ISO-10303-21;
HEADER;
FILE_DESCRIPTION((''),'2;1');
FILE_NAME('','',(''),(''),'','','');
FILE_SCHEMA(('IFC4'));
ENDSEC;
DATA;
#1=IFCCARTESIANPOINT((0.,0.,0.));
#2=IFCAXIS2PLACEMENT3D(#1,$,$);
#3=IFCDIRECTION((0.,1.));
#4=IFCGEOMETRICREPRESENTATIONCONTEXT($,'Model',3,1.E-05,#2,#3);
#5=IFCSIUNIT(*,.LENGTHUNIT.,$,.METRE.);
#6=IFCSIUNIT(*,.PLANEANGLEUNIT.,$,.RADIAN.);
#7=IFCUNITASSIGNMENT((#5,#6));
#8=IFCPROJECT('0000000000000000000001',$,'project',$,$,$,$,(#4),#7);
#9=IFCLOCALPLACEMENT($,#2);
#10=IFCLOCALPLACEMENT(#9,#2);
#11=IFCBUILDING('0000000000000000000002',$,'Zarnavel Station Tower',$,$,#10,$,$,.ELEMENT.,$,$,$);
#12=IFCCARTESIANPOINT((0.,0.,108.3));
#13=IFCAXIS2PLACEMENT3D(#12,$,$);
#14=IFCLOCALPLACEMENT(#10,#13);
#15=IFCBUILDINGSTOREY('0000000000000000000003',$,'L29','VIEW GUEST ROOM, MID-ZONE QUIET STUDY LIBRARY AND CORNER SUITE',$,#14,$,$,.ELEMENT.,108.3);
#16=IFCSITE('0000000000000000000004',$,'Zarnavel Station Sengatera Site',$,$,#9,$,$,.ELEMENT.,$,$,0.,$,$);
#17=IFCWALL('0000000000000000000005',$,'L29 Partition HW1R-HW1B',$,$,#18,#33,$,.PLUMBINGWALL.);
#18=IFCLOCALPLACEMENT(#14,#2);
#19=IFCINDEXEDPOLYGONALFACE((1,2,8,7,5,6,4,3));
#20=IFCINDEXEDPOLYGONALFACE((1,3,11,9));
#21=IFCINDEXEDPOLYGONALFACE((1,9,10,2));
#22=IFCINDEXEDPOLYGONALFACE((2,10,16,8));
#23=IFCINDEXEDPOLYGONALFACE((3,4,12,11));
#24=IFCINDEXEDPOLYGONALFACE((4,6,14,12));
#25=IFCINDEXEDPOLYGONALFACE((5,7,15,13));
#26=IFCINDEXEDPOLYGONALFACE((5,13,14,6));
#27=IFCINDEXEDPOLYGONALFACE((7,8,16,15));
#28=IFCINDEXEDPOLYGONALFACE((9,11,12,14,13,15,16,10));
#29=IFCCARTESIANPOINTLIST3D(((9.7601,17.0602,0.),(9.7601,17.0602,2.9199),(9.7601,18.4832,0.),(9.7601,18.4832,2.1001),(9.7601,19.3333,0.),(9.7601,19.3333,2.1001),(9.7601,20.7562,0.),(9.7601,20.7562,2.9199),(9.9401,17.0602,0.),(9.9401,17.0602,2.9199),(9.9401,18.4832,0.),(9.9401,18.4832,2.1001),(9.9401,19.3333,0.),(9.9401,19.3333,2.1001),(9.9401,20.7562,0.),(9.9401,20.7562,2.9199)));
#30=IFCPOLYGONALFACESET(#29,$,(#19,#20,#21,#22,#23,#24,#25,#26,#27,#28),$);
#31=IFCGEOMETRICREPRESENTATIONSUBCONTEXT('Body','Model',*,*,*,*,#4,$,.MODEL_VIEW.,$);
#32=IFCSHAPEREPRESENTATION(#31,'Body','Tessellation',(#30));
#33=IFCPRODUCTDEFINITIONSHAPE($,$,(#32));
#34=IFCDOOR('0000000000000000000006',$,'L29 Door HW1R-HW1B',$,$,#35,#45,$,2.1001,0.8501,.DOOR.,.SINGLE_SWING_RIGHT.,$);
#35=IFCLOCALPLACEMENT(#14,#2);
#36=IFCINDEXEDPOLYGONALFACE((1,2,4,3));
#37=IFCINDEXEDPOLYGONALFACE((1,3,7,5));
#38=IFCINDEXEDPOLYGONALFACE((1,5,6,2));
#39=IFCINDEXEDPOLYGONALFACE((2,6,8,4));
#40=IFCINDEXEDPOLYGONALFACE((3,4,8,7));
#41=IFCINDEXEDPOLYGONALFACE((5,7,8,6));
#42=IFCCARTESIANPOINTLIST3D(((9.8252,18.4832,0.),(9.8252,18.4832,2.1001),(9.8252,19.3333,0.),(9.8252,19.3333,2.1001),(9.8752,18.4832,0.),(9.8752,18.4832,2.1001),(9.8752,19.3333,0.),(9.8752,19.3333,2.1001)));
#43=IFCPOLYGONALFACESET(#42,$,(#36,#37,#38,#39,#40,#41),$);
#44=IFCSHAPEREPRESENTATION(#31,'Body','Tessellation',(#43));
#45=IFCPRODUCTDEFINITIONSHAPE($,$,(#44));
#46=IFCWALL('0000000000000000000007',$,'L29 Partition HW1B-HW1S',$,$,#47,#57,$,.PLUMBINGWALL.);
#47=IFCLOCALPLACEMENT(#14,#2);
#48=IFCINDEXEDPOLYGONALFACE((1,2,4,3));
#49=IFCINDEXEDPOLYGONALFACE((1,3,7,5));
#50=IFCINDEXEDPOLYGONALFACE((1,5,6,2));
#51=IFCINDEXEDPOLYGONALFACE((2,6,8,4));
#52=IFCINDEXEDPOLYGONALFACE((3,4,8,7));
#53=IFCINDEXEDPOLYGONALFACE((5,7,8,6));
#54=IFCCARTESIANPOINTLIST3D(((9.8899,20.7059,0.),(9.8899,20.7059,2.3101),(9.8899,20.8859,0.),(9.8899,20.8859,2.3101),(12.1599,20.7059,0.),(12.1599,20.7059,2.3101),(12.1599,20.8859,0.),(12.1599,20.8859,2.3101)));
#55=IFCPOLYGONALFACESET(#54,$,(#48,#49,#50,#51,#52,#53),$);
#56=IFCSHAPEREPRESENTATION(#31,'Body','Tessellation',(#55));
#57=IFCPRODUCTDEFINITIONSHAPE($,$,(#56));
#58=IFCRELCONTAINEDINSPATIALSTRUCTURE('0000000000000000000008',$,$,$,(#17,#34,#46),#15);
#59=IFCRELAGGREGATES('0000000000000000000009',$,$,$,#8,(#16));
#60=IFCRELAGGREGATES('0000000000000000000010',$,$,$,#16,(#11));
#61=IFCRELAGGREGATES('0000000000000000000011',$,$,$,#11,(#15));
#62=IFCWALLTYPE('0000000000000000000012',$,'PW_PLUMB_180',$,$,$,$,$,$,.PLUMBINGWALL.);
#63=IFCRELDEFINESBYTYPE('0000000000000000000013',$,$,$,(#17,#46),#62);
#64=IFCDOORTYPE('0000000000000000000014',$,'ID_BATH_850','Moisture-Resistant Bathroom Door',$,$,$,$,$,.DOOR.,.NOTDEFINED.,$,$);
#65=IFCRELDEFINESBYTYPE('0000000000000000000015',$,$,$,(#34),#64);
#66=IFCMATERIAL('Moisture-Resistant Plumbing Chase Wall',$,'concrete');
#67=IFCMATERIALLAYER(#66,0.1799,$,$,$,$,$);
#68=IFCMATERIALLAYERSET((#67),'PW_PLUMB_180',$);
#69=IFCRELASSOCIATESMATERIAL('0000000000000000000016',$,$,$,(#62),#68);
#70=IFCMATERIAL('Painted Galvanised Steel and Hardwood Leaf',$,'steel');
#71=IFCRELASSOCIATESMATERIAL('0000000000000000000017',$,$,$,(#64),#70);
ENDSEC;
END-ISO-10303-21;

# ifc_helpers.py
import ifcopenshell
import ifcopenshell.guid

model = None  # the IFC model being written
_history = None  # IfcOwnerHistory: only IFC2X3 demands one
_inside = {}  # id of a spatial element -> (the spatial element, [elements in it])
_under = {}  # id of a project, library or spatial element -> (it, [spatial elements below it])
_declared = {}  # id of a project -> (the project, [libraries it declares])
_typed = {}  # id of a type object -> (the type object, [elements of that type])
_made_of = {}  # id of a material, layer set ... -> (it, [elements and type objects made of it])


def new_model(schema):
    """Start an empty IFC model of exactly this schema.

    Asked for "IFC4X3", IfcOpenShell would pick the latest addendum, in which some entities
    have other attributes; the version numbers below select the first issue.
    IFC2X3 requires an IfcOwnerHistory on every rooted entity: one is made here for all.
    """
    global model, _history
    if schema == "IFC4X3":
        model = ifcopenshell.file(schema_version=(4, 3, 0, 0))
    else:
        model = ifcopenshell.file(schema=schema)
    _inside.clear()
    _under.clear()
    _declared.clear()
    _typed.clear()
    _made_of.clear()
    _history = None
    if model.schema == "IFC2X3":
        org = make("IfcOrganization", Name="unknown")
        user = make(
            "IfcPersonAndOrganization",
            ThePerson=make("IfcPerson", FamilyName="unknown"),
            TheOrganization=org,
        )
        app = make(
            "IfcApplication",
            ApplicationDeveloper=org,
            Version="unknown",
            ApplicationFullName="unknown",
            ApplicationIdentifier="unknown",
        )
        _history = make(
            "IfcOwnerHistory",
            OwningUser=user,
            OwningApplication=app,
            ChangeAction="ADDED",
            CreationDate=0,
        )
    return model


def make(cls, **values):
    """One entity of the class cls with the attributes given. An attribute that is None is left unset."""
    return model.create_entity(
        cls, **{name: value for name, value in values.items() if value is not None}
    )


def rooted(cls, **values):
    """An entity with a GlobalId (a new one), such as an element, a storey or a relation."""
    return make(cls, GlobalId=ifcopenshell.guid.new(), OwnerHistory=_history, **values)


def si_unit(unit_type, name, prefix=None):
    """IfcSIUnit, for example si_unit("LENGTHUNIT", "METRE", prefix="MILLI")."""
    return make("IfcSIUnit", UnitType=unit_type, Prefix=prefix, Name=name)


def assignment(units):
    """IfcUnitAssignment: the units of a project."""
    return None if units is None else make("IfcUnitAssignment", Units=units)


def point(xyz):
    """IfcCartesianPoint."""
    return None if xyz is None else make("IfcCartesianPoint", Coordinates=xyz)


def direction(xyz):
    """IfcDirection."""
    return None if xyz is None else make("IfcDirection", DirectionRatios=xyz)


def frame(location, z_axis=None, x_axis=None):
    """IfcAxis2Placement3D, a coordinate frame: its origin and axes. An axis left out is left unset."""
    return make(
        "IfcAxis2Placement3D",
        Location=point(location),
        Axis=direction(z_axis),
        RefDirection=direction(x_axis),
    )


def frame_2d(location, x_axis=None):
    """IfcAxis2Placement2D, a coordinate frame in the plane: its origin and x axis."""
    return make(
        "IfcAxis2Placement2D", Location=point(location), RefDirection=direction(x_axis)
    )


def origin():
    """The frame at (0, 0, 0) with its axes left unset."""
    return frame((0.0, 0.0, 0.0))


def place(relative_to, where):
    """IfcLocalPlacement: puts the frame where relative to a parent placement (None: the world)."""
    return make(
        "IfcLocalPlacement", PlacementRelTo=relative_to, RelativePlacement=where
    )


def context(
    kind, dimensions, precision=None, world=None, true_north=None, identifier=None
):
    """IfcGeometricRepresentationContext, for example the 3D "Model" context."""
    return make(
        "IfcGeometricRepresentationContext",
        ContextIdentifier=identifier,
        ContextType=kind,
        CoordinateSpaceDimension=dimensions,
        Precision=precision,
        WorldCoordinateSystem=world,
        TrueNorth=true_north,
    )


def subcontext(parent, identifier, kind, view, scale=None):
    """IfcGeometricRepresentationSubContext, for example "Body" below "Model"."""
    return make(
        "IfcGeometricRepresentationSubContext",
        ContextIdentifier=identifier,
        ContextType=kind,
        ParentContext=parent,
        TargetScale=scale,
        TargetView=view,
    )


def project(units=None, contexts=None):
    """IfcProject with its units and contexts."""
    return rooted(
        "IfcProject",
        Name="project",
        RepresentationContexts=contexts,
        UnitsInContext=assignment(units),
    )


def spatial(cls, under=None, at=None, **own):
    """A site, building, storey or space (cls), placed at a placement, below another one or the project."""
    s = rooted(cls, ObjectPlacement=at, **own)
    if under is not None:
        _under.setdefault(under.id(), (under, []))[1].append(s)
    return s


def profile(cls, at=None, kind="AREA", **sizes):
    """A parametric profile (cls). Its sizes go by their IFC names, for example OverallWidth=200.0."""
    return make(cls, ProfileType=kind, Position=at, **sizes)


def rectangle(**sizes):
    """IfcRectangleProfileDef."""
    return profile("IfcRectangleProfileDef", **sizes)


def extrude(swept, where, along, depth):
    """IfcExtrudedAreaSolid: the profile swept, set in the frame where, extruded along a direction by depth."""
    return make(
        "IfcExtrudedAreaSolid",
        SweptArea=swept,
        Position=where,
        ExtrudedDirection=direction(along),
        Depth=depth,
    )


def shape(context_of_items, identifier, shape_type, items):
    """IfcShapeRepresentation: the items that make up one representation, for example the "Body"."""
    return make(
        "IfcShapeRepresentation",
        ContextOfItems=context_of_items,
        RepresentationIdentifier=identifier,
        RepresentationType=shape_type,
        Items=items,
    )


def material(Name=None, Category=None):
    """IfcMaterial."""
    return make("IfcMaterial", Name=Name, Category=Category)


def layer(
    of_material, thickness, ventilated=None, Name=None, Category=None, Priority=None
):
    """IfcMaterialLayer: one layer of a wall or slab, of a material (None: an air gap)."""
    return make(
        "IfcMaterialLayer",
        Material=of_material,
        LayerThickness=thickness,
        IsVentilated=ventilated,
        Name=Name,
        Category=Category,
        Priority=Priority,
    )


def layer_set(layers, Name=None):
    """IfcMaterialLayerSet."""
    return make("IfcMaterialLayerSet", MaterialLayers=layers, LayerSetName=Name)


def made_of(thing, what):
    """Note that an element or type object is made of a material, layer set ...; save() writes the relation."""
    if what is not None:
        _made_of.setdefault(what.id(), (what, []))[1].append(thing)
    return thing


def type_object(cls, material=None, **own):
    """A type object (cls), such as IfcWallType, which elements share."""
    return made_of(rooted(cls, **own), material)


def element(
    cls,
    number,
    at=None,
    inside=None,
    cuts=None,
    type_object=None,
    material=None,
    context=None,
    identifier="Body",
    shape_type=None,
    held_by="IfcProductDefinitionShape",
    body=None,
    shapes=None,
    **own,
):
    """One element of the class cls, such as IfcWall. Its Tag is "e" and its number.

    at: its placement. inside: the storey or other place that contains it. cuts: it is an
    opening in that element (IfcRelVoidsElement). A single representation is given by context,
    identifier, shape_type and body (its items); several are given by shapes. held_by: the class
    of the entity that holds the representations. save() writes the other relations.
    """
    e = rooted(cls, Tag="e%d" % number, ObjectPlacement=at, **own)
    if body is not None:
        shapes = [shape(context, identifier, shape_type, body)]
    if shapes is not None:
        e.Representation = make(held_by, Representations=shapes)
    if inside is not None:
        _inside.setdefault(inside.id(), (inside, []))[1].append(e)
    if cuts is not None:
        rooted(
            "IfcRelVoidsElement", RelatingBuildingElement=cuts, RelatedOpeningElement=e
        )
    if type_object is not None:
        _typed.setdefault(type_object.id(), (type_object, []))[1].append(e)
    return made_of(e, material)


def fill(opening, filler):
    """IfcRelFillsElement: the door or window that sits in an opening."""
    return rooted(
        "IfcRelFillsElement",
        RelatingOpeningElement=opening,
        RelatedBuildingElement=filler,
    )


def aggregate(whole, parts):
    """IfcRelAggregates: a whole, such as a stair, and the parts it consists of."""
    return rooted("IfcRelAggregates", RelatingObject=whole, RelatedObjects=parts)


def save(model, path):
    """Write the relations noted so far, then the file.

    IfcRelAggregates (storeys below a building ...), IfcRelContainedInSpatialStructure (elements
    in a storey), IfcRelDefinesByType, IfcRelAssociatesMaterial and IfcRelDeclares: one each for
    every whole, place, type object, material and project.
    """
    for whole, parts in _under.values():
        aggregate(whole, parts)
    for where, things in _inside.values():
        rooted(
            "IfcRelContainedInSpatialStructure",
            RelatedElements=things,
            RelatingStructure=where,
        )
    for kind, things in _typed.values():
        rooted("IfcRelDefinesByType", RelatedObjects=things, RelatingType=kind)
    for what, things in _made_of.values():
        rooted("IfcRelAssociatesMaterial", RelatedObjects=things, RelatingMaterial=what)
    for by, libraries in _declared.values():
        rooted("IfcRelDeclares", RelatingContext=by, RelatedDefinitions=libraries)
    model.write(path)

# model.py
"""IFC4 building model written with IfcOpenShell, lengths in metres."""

from ifc_helpers import new_model, si_unit, direction, frame, frame_2d, origin, place, context, subcontext, project, spatial, rectangle, extrude, material, layer, layer_set, type_object, element, fill, save


model = new_model("IFC4")

# Units and contexts
model_context = context("Model", 3, precision=1e-05, world=origin(), true_north=direction((0.0, 1.0)))
body_context = subcontext(model_context, "Body", "Model", "MODEL_VIEW")
ifc_project = project(units=[si_unit("LENGTHUNIT", "METRE"), si_unit("PLANEANGLEUNIT", "RADIAN")], contexts=[model_context])

# Site, building, storey
site_placement = place(None, origin())
site = spatial("IfcSite", under=ifc_project, at=site_placement, Name="Zarnavel Station Sengatera Site", CompositionType="ELEMENT", RefElevation=0.0)
building_placement = place(site_placement, origin())
building = spatial("IfcBuilding", under=site, at=building_placement, Name="Zarnavel Station Tower", CompositionType="ELEMENT")
storey_placement = place(building_placement, frame((0.0, 0.0, 108.3)))
storey = spatial("IfcBuildingStorey", under=building, at=storey_placement, Name="L29", Description="VIEW GUEST ROOM, MID-ZONE QUIET STUDY LIBRARY AND CORNER SUITE", CompositionType="ELEMENT", Elevation=108.3)

# Wall, opening, door
ifc_material_1 = material(Name="Moisture-Resistant Plumbing Chase Wall", Category="concrete")
ifc_layer_1 = layer(ifc_material_1, 0.1799)
ifc_layer_set_1 = layer_set([ifc_layer_1], Name="PW_PLUMB_180")
wall_type_1 = type_object("IfcWallType", Name="PW_PLUMB_180", PredefinedType="PLUMBINGWALL", material=ifc_layer_set_1)
wall_1_placement = place(storey_placement, frame((9.8501, 17.0601, 0.0), z_axis=(0.0, 0.0, 1.0), x_axis=(0.0, 1.0, 0.0)))
wall_1 = element("IfcWall", 1, at=wall_1_placement, inside=storey, type_object=wall_type_1, Name="L29 Partition HW1R-HW1B", PredefinedType="PLUMBINGWALL", context=body_context, shape_type="SweptSolid", body=[
    extrude(rectangle(XDim=3.696, YDim=0.1799, at=frame_2d((1.8481, 0.0))), origin(), (0.0, 0.0, 1.0), 2.9199),
])
opening_1_placement = place(wall_1_placement, frame((1.4231, 0.0, 0.0)))
opening_1 = element("IfcOpeningElement", 2, at=opening_1_placement, cuts=wall_1, PredefinedType="OPENING", context=body_context, shape_type="SweptSolid", body=[
    extrude(rectangle(XDim=0.8501, YDim=2.1001, at=frame_2d((0.425, 1.05))), frame((0.0, 0.0999, 0.0), z_axis=(0.0, -1.0, 0.0), x_axis=(1.0, 0.0, 0.0)), (0.0, 0.0, 1.0), 0.2),
])
ifc_material_2 = material(Name="Painted Galvanised Steel and Hardwood Leaf", Category="steel")
door_type_1 = type_object("IfcDoorType", Name="ID_BATH_850", Description="Moisture-Resistant Bathroom Door", OperationType="NOTDEFINED", PredefinedType="DOOR", material=ifc_material_2)
door_1_placement = place(opening_1_placement, origin())
door_1 = element("IfcDoor", 3, at=door_1_placement, inside=storey, type_object=door_type_1, Name="L29 Door HW1R-HW1B", OperationType="SINGLE_SWING_RIGHT", OverallHeight=2.1001, OverallWidth=0.8501, PredefinedType="DOOR", context=body_context, shape_type="SweptSolid", body=[
    extrude(rectangle(XDim=0.8501, YDim=2.1001, at=frame_2d((0.425, 1.05))), frame((0.0, 0.0249, 0.0), z_axis=(0.0, -1.0, 0.0), x_axis=(1.0, 0.0, 0.0)), (0.0, 0.0, 1.0), 0.05),
])
fill(opening_1, door_1)

# Wall
wall_2_placement = place(storey_placement, frame((9.8899, 20.7959, 0.0), z_axis=(0.0, 0.0, 1.0), x_axis=(1.0, 0.0, 0.0)))
element("IfcWall", 4, at=wall_2_placement, inside=storey, type_object=wall_type_1, Name="L29 Partition HW1B-HW1S", PredefinedType="PLUMBINGWALL", context=body_context, shape_type="SweptSolid", body=[
    extrude(rectangle(XDim=2.27, YDim=0.1799, at=frame_2d((1.135, 0.0))), origin(), (0.0, 0.0, 1.0), 2.3101),
])

save(model, "model.ifc")
